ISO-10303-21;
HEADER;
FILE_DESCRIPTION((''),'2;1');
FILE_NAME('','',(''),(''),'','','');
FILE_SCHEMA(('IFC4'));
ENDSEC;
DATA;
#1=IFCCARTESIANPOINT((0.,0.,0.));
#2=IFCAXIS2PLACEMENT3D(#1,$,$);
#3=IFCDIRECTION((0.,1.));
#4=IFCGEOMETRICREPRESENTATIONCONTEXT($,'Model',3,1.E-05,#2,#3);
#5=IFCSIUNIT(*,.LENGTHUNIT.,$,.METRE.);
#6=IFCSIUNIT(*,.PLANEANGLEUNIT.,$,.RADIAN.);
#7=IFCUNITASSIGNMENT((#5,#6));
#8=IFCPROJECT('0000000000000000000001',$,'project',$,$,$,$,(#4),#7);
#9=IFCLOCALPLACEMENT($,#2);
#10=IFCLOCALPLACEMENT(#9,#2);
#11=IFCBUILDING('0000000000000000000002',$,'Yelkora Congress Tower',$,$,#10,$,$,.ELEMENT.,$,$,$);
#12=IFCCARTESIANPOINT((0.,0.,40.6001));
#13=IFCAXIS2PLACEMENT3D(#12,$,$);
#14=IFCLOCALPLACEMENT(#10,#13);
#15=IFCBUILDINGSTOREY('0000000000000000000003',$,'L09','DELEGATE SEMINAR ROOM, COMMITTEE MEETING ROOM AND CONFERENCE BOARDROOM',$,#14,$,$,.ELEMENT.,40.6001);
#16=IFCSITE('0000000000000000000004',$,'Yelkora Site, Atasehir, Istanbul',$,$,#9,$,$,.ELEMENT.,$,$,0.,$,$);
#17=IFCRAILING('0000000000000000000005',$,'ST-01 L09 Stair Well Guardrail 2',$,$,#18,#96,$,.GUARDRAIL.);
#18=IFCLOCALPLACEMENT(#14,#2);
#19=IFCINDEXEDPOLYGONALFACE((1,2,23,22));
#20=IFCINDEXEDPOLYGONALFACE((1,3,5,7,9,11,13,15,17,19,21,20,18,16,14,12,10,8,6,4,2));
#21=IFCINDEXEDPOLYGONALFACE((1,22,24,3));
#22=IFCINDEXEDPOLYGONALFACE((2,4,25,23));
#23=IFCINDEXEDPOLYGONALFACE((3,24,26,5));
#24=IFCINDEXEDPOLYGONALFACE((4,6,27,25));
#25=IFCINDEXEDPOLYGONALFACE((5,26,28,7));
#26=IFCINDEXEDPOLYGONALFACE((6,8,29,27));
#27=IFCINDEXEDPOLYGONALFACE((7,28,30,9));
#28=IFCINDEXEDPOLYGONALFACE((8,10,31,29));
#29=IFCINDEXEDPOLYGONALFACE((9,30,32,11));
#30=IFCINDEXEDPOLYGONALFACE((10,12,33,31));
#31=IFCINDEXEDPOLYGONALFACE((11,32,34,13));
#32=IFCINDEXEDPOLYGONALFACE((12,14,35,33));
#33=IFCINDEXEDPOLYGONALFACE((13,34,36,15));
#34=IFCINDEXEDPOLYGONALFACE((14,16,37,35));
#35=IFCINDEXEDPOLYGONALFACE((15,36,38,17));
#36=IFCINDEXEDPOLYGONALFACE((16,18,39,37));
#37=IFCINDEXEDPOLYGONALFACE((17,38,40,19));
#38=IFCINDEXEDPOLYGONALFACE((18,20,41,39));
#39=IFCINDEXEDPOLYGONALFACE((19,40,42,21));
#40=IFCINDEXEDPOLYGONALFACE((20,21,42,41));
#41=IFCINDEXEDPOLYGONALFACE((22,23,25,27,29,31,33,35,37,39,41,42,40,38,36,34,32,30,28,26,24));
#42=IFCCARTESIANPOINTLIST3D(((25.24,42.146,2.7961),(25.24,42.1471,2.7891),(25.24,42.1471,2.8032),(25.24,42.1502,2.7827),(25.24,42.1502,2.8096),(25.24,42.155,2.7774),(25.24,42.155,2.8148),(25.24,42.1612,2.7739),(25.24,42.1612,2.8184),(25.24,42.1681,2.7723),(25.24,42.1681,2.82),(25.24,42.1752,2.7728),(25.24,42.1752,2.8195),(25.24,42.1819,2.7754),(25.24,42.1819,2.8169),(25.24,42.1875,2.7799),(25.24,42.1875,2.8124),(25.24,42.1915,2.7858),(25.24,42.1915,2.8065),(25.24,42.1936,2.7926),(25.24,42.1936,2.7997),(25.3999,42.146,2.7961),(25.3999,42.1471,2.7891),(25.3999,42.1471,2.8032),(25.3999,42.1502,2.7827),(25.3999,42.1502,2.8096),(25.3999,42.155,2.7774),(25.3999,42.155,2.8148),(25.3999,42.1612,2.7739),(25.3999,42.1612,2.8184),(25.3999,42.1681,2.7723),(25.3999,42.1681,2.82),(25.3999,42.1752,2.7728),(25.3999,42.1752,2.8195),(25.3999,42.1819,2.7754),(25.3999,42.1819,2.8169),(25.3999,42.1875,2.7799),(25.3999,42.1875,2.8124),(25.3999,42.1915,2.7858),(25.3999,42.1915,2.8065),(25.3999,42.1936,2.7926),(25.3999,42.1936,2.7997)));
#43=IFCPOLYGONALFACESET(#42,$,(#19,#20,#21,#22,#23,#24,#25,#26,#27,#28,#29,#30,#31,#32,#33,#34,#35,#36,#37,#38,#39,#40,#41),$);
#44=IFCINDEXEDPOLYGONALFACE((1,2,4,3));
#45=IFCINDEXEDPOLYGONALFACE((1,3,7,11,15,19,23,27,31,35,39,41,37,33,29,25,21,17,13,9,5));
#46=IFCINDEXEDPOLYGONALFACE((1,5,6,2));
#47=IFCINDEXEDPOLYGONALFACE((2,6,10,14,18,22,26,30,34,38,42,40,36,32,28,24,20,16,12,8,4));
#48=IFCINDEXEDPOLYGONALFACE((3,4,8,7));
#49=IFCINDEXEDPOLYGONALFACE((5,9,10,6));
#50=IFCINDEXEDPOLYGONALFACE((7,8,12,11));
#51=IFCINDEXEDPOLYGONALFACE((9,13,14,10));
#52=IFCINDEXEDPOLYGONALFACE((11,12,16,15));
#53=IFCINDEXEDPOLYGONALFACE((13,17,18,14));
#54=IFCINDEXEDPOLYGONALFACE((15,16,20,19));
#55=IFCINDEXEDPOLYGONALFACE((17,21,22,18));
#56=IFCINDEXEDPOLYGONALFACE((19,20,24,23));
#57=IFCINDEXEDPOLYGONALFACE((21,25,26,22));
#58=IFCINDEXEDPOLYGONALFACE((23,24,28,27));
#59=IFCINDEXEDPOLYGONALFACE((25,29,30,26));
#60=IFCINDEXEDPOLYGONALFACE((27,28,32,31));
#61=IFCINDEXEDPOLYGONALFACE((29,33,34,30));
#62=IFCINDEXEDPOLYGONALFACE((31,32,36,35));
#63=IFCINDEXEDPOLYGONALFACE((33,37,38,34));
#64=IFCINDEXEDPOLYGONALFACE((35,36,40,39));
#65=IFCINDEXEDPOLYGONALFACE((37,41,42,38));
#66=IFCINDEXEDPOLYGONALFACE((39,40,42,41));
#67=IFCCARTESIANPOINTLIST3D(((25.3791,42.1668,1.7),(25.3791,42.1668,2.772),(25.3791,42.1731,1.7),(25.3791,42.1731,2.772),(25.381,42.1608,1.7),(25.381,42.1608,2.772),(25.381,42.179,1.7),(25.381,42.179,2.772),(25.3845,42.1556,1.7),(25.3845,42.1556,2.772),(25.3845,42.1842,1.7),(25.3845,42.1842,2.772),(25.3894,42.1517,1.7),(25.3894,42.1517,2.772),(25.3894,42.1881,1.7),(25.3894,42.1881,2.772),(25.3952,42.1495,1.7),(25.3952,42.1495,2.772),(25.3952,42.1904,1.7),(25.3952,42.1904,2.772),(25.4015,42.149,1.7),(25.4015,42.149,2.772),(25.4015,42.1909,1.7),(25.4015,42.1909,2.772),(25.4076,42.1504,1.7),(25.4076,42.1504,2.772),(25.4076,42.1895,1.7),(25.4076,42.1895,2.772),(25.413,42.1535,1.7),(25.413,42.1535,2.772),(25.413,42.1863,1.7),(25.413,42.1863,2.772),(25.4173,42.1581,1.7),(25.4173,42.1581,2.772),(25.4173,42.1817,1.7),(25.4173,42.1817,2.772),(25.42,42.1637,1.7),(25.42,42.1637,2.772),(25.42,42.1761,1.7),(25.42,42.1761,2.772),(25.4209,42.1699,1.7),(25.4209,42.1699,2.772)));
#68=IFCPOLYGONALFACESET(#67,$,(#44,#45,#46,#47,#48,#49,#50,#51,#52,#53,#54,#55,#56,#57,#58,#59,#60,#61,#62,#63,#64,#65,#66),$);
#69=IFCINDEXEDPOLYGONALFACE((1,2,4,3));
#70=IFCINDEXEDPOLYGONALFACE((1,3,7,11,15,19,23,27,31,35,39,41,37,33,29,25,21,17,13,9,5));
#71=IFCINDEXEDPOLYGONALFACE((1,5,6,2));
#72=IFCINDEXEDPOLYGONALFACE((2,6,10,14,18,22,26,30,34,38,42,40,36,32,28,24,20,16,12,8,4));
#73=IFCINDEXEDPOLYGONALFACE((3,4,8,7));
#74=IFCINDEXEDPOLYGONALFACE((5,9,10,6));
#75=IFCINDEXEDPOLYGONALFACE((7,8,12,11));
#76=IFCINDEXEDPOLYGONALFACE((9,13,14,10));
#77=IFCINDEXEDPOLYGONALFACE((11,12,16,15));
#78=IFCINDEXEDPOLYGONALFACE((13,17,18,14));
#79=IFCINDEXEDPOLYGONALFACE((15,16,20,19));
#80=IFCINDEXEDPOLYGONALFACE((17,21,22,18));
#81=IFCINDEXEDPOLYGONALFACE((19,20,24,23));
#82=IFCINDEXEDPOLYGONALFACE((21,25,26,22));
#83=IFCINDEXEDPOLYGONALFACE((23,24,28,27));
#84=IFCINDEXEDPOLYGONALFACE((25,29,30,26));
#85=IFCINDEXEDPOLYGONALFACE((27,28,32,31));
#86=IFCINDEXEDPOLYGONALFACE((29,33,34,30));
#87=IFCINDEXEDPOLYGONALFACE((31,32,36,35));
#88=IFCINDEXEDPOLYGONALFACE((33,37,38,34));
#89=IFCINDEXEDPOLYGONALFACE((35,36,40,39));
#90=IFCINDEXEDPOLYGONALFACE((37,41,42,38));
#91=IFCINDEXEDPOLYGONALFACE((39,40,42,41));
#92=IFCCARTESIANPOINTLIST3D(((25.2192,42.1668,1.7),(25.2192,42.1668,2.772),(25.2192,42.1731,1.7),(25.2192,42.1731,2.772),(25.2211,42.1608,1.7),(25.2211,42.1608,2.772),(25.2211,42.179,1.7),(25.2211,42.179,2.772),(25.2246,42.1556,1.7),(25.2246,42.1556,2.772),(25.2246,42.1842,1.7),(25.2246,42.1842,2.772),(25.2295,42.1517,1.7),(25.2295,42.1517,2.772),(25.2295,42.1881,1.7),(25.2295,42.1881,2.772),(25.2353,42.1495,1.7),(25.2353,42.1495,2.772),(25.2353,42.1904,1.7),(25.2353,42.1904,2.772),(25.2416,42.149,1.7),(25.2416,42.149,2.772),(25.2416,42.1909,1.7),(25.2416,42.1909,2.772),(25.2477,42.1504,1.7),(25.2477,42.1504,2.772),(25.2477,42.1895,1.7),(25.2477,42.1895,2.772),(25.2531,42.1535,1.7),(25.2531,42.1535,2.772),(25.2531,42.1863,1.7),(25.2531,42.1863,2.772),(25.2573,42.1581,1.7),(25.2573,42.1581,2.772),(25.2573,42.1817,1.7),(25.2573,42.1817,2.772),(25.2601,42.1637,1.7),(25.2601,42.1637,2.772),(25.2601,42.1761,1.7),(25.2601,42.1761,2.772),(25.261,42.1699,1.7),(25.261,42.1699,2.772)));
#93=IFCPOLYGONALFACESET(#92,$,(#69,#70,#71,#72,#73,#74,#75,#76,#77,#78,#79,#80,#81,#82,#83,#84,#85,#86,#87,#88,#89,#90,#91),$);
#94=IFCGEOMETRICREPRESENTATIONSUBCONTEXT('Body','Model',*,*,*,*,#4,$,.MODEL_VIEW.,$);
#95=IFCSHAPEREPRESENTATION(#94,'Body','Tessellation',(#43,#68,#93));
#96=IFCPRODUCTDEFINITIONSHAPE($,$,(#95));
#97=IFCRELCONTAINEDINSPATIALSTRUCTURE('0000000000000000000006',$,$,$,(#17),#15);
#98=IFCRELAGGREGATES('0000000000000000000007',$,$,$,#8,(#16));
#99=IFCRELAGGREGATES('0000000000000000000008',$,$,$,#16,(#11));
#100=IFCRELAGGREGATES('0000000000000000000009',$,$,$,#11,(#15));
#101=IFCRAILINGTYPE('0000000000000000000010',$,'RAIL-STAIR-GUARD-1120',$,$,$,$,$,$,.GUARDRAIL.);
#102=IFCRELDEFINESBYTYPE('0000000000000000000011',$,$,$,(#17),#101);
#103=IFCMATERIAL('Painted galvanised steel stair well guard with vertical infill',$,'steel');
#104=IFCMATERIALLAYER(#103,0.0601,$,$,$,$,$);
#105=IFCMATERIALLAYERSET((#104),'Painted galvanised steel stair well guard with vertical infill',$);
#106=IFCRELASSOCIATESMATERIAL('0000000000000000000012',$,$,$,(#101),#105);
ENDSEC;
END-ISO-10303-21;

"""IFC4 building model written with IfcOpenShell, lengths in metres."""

from ifc_helpers import new_model, si_unit, direction, frame, origin, origin_2d, place, context, subcontext, project, spatial, circle, extrude, material, layer, layer_set, type_object, element, save


model = new_model("IFC4")

# Units and contexts
model_context = context("Model", 3, precision=1e-05, world=origin(), true_north=direction((0.0, 1.0)))
body_context = subcontext(model_context, "Body", "Model", "MODEL_VIEW")
ifc_project = project(units=[si_unit("LENGTHUNIT", "METRE"), si_unit("PLANEANGLEUNIT", "RADIAN")], contexts=[model_context])

# Site, building, storey
site_placement = place(None, origin())
site = spatial("IfcSite", under=ifc_project, at=site_placement, Name="Yelkora Site, Atasehir, Istanbul", CompositionType="ELEMENT", RefElevation=0.0)
building_placement = place(site_placement, origin())
building = spatial("IfcBuilding", under=site, at=building_placement, Name="Yelkora Congress Tower", CompositionType="ELEMENT")
storey_placement = place(building_placement, frame((0.0, 0.0, 40.6001)))
storey = spatial("IfcBuildingStorey", under=building, at=storey_placement, Name="L09", Description="DELEGATE SEMINAR ROOM, COMMITTEE MEETING ROOM AND CONFERENCE BOARDROOM", CompositionType="ELEMENT", Elevation=40.6001)

# Railing
ifc_material_1 = material(Name="Painted galvanised steel stair well guard with vertical infill", Category="steel")
ifc_layer_1 = layer(ifc_material_1, 0.0601)
ifc_layer_set_1 = layer_set([ifc_layer_1], Name="Painted galvanised steel stair well guard with vertical infill")
railing_type_1 = type_object("IfcRailingType", Name="RAIL-STAIR-GUARD-1120", PredefinedType="GUARDRAIL", material=ifc_layer_set_1)
railing_1_placement = place(storey_placement, frame((25.3999, 42.1699, 1.7)))
element("IfcRailing", 1, at=railing_1_placement, inside=storey, type_object=railing_type_1, Name="ST-01 L09 Stair Well Guardrail 2", PredefinedType="GUARDRAIL", context=body_context, shape_type="SweptSolid", body=[
    extrude(circle(Radius=0.0239, at=origin_2d()), frame((0.0, 0.0, 1.0962), z_axis=(-1.0, 0.0, 0.0), x_axis=(0.0, -1.0, 0.0)), (0.0, 0.0, 1.0), 0.1599),
    extrude(circle(Radius=0.021, at=origin_2d()), origin(), (0.0, 0.0, 1.0), 1.072),
    extrude(circle(Radius=0.021, at=origin_2d()), frame((-0.1599, 0.0, 0.0)), (0.0, 0.0, 1.0), 1.072),
])

save(model, "model.ifc")
